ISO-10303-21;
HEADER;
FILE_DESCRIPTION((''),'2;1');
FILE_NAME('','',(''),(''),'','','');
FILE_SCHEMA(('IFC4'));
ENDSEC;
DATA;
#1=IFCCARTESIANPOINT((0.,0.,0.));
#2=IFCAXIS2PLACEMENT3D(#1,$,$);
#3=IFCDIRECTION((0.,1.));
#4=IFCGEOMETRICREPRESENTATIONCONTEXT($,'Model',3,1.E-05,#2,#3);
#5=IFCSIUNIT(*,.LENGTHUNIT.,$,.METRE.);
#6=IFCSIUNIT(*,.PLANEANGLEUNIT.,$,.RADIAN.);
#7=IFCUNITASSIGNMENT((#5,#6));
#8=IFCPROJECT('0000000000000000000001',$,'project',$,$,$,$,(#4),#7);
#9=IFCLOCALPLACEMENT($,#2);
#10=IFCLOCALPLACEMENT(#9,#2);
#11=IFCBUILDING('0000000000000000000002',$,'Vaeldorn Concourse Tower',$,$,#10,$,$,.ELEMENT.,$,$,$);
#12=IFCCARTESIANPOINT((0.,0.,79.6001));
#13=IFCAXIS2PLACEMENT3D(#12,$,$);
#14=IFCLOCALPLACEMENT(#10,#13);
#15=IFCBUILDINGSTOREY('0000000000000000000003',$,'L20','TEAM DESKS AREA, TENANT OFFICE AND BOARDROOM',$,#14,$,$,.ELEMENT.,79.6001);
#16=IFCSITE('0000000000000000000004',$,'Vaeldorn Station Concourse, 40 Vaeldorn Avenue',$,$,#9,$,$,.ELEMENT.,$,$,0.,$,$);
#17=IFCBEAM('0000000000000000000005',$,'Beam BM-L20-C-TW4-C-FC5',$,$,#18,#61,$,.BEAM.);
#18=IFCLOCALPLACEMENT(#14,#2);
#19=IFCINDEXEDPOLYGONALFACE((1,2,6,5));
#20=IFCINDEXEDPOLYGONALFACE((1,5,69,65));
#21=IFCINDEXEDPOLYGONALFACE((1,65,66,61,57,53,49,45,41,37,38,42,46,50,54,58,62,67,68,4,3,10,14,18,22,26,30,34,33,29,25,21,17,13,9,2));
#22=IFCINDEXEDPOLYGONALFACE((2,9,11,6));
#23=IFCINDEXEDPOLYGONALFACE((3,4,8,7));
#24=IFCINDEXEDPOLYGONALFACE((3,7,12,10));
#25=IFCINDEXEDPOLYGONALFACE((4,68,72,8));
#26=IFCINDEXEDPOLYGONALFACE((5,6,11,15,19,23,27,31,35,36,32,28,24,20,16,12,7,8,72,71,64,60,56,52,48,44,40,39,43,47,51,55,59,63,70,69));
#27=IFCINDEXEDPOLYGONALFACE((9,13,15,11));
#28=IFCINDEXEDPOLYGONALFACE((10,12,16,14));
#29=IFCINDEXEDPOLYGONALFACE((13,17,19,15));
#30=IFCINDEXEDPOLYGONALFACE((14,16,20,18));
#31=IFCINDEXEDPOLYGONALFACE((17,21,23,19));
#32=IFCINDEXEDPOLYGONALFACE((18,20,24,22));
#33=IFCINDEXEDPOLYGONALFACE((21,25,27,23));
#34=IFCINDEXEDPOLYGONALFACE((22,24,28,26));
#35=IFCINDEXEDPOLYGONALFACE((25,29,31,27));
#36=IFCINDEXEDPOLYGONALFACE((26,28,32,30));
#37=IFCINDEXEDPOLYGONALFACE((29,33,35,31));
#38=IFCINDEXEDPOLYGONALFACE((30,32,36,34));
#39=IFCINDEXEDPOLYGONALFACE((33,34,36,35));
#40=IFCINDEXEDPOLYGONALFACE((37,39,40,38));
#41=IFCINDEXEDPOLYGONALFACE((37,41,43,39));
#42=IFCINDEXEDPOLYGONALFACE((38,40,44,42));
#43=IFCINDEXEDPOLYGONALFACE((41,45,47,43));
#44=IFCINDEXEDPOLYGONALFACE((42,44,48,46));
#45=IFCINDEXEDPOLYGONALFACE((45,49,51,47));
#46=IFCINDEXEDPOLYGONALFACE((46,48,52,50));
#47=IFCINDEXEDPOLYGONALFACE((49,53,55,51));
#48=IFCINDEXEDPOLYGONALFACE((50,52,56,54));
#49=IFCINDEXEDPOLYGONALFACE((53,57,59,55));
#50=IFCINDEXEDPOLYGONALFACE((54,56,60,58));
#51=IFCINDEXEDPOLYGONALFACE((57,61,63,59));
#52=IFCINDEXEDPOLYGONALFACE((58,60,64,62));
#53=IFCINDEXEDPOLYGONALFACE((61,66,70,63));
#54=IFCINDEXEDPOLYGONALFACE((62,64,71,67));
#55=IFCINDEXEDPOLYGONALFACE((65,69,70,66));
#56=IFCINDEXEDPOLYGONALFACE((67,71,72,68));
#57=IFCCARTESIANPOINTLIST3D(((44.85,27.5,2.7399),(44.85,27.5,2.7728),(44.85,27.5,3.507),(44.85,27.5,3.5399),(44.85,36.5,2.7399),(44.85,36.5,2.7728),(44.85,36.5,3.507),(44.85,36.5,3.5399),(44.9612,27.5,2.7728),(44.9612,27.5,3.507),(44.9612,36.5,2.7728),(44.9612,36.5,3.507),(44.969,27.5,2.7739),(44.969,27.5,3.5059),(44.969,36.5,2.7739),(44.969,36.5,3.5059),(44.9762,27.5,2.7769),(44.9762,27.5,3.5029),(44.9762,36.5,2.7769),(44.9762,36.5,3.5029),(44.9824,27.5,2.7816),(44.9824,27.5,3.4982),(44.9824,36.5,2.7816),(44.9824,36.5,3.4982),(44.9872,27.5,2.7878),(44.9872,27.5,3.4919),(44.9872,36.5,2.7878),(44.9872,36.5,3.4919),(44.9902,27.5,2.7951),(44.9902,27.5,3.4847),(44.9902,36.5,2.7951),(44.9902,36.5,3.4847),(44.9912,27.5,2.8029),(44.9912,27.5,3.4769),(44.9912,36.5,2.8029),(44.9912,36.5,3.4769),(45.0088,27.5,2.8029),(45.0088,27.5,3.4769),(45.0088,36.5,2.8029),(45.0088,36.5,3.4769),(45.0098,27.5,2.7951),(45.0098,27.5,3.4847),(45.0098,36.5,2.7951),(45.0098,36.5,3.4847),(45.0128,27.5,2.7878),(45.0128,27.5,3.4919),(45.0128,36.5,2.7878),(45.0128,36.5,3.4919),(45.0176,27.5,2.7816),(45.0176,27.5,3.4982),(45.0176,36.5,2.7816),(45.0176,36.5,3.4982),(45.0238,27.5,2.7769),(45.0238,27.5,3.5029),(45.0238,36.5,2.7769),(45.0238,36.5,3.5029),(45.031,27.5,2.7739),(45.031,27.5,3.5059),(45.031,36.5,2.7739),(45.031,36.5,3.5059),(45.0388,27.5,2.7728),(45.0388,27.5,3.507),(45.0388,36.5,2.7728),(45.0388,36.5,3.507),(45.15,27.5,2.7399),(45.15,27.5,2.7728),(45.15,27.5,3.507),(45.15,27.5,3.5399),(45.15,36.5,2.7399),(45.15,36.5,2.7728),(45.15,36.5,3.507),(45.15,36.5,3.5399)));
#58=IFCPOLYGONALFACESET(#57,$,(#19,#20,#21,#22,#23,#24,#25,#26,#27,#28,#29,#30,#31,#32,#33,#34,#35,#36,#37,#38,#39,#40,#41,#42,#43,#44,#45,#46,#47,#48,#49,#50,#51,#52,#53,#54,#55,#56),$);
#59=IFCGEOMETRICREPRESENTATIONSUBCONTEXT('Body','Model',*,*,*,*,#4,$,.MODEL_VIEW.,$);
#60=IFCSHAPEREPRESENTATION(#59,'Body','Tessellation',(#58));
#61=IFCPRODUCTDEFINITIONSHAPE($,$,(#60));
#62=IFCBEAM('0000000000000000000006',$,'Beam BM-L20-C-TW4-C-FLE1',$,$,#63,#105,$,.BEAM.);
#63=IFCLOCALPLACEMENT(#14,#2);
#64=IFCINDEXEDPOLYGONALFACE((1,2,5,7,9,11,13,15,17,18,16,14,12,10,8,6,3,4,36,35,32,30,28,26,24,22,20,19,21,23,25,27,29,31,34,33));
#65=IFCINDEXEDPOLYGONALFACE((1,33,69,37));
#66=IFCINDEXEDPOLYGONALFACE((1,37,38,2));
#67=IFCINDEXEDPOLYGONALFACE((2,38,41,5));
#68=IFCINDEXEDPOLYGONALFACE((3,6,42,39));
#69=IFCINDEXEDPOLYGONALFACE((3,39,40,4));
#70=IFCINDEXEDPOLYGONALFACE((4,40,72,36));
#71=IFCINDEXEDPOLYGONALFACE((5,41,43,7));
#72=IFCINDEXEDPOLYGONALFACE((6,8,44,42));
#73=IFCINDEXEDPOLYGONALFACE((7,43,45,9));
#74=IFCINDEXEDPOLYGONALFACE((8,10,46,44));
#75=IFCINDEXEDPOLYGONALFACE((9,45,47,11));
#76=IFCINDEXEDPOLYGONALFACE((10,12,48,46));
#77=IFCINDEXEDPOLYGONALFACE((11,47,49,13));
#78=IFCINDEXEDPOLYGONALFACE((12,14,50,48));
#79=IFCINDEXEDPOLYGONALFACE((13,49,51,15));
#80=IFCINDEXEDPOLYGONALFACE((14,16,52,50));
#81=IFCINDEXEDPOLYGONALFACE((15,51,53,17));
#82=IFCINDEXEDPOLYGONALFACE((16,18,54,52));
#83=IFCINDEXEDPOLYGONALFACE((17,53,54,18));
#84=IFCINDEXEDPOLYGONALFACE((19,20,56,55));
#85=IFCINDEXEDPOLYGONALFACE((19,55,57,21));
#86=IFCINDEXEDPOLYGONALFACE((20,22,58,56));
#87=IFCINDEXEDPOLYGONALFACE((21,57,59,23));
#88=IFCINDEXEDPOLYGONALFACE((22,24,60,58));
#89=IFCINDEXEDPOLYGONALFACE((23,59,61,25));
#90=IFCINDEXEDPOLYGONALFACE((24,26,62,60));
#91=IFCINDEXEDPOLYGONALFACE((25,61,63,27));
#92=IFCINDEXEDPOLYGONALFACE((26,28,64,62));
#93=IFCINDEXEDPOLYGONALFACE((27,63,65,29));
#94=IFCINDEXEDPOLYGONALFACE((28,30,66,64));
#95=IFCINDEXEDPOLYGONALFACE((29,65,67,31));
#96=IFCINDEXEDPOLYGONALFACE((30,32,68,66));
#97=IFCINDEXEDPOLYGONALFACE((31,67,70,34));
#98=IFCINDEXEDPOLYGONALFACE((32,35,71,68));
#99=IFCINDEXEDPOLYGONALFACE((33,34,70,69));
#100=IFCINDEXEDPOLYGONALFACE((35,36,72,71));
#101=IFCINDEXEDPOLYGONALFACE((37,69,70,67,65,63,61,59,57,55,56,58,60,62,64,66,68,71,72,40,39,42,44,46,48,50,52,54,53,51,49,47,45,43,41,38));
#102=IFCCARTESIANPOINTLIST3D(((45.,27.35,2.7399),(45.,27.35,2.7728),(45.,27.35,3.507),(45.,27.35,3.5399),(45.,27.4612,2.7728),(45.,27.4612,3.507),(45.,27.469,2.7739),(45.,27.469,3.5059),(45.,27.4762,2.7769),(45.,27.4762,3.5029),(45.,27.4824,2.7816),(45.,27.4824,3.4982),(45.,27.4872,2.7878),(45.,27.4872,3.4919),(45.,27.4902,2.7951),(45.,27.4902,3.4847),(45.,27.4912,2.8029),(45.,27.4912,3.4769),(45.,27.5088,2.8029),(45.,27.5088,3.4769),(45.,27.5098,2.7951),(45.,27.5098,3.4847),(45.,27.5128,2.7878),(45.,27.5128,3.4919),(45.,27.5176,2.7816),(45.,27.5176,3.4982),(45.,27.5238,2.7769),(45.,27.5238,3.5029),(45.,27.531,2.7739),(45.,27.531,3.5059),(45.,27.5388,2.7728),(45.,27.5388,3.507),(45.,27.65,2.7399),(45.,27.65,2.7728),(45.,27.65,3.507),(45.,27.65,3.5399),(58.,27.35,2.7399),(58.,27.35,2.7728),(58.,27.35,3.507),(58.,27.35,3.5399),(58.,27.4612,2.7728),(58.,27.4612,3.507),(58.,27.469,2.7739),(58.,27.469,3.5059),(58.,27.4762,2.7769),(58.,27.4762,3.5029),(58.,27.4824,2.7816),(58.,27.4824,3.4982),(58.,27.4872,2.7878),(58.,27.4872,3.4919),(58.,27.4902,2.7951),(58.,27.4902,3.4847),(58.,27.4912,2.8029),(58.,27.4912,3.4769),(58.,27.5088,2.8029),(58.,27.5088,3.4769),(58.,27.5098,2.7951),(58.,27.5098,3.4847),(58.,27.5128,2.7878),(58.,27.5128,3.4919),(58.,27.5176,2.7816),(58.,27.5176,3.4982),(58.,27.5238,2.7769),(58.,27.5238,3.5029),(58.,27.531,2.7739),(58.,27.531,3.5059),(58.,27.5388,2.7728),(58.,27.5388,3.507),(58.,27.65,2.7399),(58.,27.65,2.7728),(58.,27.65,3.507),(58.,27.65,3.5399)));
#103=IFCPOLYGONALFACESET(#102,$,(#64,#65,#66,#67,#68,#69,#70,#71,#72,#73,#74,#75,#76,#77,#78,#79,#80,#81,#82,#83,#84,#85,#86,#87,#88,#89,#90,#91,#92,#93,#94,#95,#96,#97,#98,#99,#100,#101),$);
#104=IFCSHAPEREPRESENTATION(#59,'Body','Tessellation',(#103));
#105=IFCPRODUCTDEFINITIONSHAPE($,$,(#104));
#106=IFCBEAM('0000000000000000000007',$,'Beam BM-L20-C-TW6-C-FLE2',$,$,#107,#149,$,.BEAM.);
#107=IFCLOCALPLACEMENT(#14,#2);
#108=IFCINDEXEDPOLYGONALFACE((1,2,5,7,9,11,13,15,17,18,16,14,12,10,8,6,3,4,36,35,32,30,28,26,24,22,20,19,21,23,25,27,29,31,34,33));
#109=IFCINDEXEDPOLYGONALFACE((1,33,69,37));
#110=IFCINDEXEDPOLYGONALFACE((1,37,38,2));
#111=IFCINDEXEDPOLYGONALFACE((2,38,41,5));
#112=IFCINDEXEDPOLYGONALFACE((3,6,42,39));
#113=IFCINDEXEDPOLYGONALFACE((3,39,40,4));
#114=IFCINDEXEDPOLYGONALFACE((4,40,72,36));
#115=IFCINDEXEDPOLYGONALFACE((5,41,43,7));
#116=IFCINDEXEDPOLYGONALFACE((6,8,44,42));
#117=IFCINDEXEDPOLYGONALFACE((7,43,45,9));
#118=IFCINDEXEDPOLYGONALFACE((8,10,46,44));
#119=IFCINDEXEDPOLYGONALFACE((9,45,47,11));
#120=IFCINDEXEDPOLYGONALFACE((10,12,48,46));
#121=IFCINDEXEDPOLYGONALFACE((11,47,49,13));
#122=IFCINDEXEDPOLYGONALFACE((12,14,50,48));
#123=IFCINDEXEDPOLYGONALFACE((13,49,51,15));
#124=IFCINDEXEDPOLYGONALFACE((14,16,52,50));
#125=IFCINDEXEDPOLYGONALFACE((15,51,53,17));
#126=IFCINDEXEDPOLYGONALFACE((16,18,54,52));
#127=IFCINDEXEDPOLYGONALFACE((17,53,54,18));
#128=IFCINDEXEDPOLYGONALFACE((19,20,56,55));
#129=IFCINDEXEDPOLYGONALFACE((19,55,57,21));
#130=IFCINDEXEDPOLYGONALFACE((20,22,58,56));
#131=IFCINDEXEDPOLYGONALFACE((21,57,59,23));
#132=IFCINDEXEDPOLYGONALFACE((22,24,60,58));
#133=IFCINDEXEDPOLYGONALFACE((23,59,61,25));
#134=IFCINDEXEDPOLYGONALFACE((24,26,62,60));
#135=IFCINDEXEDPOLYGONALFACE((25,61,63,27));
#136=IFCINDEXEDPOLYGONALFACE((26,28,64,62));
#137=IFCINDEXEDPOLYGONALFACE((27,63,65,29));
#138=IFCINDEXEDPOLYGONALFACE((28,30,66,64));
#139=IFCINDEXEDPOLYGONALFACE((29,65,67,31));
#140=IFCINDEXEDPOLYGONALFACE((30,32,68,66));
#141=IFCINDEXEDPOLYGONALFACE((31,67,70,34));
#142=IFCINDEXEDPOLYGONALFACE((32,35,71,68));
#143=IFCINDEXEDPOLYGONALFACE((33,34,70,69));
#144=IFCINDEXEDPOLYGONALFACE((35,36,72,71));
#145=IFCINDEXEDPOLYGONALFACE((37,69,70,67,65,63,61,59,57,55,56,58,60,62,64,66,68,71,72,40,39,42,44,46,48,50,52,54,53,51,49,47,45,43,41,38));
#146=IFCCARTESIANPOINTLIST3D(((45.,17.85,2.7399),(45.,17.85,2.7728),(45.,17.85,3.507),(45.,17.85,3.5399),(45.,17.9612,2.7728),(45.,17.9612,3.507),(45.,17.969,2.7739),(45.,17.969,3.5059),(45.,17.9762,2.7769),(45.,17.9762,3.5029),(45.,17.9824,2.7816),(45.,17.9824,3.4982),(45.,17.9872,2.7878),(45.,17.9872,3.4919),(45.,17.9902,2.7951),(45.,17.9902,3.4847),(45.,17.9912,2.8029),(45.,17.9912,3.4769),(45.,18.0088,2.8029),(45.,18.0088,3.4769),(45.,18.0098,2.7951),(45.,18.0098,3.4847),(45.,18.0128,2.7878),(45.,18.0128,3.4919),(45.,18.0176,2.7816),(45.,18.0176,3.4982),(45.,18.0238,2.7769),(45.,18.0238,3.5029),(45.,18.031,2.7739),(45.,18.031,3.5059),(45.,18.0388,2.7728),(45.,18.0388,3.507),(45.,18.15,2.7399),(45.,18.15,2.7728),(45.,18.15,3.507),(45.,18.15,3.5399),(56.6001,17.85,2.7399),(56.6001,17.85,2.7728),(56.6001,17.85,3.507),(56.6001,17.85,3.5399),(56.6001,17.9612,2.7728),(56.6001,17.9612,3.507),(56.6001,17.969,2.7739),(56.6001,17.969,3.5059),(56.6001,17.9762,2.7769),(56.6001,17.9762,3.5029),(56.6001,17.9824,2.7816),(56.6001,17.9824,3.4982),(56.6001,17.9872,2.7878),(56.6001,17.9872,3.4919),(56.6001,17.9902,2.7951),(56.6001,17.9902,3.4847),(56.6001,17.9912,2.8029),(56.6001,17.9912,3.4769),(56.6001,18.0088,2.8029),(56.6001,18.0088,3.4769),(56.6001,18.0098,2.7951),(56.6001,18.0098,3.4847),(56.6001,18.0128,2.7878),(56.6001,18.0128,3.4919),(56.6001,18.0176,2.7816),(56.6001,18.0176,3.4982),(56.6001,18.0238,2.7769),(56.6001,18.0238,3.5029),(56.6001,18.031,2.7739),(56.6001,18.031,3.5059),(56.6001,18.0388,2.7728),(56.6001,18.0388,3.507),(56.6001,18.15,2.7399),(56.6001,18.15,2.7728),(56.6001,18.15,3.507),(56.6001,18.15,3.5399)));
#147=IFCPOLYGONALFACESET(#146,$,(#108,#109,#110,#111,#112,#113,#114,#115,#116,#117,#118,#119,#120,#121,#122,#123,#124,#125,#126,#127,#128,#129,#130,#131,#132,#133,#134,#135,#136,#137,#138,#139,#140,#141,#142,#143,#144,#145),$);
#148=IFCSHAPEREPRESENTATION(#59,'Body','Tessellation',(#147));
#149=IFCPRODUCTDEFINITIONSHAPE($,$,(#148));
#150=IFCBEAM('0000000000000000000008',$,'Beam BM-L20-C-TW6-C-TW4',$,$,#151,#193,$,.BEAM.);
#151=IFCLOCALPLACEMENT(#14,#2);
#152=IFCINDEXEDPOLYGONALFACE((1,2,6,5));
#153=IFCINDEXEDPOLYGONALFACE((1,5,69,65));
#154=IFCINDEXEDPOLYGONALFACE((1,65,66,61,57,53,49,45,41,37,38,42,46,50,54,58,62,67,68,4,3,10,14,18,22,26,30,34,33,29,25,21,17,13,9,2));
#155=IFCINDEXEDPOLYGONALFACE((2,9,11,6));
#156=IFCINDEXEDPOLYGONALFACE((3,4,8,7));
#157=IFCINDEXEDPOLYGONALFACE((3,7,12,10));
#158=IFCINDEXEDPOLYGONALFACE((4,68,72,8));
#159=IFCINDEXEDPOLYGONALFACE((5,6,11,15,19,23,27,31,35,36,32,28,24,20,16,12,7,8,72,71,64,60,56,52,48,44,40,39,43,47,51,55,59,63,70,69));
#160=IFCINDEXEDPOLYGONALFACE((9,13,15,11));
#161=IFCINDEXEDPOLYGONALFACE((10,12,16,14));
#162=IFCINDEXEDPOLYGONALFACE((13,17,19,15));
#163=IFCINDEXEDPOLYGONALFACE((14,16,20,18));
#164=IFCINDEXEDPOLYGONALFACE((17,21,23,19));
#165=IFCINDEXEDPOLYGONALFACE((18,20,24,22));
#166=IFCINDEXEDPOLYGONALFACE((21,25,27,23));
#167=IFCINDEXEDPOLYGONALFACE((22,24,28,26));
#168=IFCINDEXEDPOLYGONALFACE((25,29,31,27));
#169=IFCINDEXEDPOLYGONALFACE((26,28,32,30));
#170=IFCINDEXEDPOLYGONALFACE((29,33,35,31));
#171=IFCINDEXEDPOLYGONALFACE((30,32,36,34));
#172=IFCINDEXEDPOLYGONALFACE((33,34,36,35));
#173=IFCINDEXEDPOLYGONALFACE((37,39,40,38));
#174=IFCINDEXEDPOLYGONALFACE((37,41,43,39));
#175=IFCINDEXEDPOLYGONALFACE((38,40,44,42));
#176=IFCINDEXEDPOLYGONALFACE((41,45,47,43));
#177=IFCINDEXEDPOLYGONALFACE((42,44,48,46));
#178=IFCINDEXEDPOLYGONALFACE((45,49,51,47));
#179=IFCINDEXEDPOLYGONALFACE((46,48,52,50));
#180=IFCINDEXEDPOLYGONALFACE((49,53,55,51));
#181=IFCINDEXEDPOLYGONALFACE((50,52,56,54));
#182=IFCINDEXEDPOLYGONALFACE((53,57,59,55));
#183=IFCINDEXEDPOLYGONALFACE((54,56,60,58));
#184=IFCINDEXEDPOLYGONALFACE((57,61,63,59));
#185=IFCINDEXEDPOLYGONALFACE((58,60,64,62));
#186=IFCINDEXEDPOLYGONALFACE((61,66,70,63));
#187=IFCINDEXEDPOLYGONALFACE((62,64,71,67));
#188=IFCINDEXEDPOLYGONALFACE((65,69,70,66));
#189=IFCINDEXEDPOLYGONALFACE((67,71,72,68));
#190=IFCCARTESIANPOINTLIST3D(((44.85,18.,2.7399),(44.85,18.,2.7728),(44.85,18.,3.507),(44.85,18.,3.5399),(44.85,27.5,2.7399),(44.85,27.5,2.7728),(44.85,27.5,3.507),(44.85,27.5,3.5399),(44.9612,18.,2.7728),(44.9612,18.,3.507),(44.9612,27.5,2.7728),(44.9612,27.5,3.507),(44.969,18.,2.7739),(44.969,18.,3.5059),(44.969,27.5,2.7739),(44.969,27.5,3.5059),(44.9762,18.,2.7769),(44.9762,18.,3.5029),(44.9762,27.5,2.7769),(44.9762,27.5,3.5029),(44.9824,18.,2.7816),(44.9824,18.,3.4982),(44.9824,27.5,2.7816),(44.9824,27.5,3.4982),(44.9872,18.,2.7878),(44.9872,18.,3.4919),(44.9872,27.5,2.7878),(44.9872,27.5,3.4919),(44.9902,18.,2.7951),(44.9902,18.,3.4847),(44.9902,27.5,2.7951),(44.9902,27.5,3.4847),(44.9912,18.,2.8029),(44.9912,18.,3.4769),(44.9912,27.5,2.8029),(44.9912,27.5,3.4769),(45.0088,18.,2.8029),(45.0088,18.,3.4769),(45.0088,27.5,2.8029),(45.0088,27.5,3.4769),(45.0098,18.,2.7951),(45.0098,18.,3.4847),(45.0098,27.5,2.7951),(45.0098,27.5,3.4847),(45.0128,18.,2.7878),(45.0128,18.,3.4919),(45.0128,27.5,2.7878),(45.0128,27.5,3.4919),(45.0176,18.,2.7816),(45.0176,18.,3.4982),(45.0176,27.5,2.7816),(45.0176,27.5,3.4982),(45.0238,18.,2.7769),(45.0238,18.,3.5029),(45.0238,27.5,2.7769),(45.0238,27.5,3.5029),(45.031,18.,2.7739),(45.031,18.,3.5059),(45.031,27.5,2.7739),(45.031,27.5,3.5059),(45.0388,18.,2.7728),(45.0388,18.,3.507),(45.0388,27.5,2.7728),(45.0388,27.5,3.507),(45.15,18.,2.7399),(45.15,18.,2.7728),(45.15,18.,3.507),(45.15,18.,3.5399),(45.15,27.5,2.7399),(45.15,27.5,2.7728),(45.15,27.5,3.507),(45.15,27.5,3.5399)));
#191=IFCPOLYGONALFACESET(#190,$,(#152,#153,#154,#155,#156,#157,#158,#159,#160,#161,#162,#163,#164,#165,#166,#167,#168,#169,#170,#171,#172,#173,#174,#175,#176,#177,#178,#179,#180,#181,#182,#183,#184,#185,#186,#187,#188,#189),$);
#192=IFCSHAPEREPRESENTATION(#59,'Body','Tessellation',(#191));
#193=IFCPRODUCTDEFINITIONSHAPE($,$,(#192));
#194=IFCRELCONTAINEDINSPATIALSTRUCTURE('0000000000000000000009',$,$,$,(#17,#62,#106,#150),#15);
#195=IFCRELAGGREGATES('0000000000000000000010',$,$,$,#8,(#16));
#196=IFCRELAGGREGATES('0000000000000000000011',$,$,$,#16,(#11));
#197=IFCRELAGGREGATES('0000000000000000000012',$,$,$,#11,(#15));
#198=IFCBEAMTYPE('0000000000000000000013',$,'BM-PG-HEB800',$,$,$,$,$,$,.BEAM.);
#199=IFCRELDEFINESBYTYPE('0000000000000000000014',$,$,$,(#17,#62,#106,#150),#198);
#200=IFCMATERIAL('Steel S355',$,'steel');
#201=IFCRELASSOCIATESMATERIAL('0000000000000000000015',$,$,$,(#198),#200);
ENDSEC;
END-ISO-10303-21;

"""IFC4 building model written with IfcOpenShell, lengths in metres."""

from ifc_helpers import new_model, si_unit, direction, frame, origin, origin_2d, place, context, subcontext, project, spatial, i_section, extrude, source, transform, mapped, material, material_profile, profile_set, type_object, element, save


model = new_model("IFC4")

# Units and contexts
model_context = context("Model", 3, precision=1e-05, world=origin(), true_north=direction((0.0, 1.0)))
body_context = subcontext(model_context, "Body", "Model", "MODEL_VIEW")
ifc_project = project(units=[si_unit("LENGTHUNIT", "METRE"), si_unit("PLANEANGLEUNIT", "RADIAN")], contexts=[model_context])

# Site, building, storey
site_placement = place(None, origin())
site = spatial("IfcSite", under=ifc_project, at=site_placement, Name="Vaeldorn Station Concourse, 40 Vaeldorn Avenue", CompositionType="ELEMENT", RefElevation=0.0)
building_placement = place(site_placement, origin())
building = spatial("IfcBuilding", under=site, at=building_placement, Name="Vaeldorn Concourse Tower", CompositionType="ELEMENT")
storey_placement = place(building_placement, frame((0.0, 0.0, 79.6001)))
storey = spatial("IfcBuildingStorey", under=building, at=storey_placement, Name="L20", Description="TEAM DESKS AREA, TENANT OFFICE AND BOARDROOM", CompositionType="ELEMENT", Elevation=79.6001)

# Beams
ifc_material_1 = material(Name="Steel S355", Category="steel")
ifc_material_profile_1 = material_profile(ifc_material_1, i_section(OverallWidth=0.3, OverallDepth=0.8, WebThickness=0.0176, FlangeThickness=0.033, FilletRadius=0.03, at=origin_2d()), Name="HEB 800")
ifc_profile_set_1 = profile_set([ifc_material_profile_1], Name="Steel S355")
beam_type_1 = type_object("IfcBeamType", Name="BM-PG-HEB800", PredefinedType="BEAM", material=ifc_profile_set_1)
shared_shape_1 = source(origin(), body_context, "Body", "SweptSolid", [
    extrude(i_section(OverallWidth=0.3, OverallDepth=0.8, WebThickness=0.0176, FlangeThickness=0.033, FilletRadius=0.03, at=origin_2d()), origin(), (0.0, 0.0, 1.0), 9.0),
])
for number, where, z_axis, x_axis, name in (
    (1, (45.0, 27.5, 3.1399), (0.0, 1.0, 0.0), (-1.0, 0.0, 0.0), "Beam BM-L20-C-TW4-C-FC5"),
):
    element("IfcBeam", number, at=place(storey_placement, frame(where, z_axis=z_axis, x_axis=x_axis)), inside=storey, type_object=beam_type_1, Name=name, PredefinedType="BEAM", context=body_context, shape_type="MappedRepresentation", body=[
        mapped(shared_shape_1, transform((0.0, 0.0, 0.0), scale=1.0)),
    ])
shared_shape_2 = source(origin(), body_context, "Body", "SweptSolid", [
    extrude(i_section(OverallWidth=0.3, OverallDepth=0.8, WebThickness=0.0176, FlangeThickness=0.033, FilletRadius=0.03, at=origin_2d()), origin(), (0.0, 0.0, 1.0), 13.0),
])
beam_1_placement = place(storey_placement, frame((45.0, 27.5, 3.1399), z_axis=(1.0, 0.0, 0.0), x_axis=(0.0, 1.0, 0.0)))
element("IfcBeam", 2, at=beam_1_placement, inside=storey, type_object=beam_type_1, Name="Beam BM-L20-C-TW4-C-FLE1", PredefinedType="BEAM", context=body_context, shape_type="MappedRepresentation", body=[
    mapped(shared_shape_2, transform((0.0, 0.0, 0.0), scale=1.0)),
])
shared_shape_3 = source(origin(), body_context, "Body", "SweptSolid", [
    extrude(i_section(OverallWidth=0.3, OverallDepth=0.8, WebThickness=0.0176, FlangeThickness=0.033, FilletRadius=0.03, at=origin_2d()), origin(), (0.0, 0.0, 1.0), 11.6001),
])
beam_2_placement = place(storey_placement, frame((45.0, 18.0, 3.1399), z_axis=(1.0, 0.0, 0.0), x_axis=(0.0, 1.0, 0.0)))
element("IfcBeam", 3, at=beam_2_placement, inside=storey, type_object=beam_type_1, Name="Beam BM-L20-C-TW6-C-FLE2", PredefinedType="BEAM", context=body_context, shape_type="MappedRepresentation", body=[
    mapped(shared_shape_3, transform((0.0, 0.0, 0.0), scale=1.0)),
])
shared_shape_4 = source(origin(), body_context, "Body", "SweptSolid", [
    extrude(i_section(OverallWidth=0.3, OverallDepth=0.8, WebThickness=0.0176, FlangeThickness=0.033, FilletRadius=0.03, at=origin_2d()), origin(), (0.0, 0.0, 1.0), 9.5),
])
beam_3_placement = place(storey_placement, frame((45.0, 18.0, 3.1399), z_axis=(0.0, 1.0, 0.0), x_axis=(-1.0, 0.0, 0.0)))
element("IfcBeam", 4, at=beam_3_placement, inside=storey, type_object=beam_type_1, Name="Beam BM-L20-C-TW6-C-TW4", PredefinedType="BEAM", context=body_context, shape_type="MappedRepresentation", body=[
    mapped(shared_shape_4, transform((0.0, 0.0, 0.0), scale=1.0)),
])

save(model, "model.ifc")
